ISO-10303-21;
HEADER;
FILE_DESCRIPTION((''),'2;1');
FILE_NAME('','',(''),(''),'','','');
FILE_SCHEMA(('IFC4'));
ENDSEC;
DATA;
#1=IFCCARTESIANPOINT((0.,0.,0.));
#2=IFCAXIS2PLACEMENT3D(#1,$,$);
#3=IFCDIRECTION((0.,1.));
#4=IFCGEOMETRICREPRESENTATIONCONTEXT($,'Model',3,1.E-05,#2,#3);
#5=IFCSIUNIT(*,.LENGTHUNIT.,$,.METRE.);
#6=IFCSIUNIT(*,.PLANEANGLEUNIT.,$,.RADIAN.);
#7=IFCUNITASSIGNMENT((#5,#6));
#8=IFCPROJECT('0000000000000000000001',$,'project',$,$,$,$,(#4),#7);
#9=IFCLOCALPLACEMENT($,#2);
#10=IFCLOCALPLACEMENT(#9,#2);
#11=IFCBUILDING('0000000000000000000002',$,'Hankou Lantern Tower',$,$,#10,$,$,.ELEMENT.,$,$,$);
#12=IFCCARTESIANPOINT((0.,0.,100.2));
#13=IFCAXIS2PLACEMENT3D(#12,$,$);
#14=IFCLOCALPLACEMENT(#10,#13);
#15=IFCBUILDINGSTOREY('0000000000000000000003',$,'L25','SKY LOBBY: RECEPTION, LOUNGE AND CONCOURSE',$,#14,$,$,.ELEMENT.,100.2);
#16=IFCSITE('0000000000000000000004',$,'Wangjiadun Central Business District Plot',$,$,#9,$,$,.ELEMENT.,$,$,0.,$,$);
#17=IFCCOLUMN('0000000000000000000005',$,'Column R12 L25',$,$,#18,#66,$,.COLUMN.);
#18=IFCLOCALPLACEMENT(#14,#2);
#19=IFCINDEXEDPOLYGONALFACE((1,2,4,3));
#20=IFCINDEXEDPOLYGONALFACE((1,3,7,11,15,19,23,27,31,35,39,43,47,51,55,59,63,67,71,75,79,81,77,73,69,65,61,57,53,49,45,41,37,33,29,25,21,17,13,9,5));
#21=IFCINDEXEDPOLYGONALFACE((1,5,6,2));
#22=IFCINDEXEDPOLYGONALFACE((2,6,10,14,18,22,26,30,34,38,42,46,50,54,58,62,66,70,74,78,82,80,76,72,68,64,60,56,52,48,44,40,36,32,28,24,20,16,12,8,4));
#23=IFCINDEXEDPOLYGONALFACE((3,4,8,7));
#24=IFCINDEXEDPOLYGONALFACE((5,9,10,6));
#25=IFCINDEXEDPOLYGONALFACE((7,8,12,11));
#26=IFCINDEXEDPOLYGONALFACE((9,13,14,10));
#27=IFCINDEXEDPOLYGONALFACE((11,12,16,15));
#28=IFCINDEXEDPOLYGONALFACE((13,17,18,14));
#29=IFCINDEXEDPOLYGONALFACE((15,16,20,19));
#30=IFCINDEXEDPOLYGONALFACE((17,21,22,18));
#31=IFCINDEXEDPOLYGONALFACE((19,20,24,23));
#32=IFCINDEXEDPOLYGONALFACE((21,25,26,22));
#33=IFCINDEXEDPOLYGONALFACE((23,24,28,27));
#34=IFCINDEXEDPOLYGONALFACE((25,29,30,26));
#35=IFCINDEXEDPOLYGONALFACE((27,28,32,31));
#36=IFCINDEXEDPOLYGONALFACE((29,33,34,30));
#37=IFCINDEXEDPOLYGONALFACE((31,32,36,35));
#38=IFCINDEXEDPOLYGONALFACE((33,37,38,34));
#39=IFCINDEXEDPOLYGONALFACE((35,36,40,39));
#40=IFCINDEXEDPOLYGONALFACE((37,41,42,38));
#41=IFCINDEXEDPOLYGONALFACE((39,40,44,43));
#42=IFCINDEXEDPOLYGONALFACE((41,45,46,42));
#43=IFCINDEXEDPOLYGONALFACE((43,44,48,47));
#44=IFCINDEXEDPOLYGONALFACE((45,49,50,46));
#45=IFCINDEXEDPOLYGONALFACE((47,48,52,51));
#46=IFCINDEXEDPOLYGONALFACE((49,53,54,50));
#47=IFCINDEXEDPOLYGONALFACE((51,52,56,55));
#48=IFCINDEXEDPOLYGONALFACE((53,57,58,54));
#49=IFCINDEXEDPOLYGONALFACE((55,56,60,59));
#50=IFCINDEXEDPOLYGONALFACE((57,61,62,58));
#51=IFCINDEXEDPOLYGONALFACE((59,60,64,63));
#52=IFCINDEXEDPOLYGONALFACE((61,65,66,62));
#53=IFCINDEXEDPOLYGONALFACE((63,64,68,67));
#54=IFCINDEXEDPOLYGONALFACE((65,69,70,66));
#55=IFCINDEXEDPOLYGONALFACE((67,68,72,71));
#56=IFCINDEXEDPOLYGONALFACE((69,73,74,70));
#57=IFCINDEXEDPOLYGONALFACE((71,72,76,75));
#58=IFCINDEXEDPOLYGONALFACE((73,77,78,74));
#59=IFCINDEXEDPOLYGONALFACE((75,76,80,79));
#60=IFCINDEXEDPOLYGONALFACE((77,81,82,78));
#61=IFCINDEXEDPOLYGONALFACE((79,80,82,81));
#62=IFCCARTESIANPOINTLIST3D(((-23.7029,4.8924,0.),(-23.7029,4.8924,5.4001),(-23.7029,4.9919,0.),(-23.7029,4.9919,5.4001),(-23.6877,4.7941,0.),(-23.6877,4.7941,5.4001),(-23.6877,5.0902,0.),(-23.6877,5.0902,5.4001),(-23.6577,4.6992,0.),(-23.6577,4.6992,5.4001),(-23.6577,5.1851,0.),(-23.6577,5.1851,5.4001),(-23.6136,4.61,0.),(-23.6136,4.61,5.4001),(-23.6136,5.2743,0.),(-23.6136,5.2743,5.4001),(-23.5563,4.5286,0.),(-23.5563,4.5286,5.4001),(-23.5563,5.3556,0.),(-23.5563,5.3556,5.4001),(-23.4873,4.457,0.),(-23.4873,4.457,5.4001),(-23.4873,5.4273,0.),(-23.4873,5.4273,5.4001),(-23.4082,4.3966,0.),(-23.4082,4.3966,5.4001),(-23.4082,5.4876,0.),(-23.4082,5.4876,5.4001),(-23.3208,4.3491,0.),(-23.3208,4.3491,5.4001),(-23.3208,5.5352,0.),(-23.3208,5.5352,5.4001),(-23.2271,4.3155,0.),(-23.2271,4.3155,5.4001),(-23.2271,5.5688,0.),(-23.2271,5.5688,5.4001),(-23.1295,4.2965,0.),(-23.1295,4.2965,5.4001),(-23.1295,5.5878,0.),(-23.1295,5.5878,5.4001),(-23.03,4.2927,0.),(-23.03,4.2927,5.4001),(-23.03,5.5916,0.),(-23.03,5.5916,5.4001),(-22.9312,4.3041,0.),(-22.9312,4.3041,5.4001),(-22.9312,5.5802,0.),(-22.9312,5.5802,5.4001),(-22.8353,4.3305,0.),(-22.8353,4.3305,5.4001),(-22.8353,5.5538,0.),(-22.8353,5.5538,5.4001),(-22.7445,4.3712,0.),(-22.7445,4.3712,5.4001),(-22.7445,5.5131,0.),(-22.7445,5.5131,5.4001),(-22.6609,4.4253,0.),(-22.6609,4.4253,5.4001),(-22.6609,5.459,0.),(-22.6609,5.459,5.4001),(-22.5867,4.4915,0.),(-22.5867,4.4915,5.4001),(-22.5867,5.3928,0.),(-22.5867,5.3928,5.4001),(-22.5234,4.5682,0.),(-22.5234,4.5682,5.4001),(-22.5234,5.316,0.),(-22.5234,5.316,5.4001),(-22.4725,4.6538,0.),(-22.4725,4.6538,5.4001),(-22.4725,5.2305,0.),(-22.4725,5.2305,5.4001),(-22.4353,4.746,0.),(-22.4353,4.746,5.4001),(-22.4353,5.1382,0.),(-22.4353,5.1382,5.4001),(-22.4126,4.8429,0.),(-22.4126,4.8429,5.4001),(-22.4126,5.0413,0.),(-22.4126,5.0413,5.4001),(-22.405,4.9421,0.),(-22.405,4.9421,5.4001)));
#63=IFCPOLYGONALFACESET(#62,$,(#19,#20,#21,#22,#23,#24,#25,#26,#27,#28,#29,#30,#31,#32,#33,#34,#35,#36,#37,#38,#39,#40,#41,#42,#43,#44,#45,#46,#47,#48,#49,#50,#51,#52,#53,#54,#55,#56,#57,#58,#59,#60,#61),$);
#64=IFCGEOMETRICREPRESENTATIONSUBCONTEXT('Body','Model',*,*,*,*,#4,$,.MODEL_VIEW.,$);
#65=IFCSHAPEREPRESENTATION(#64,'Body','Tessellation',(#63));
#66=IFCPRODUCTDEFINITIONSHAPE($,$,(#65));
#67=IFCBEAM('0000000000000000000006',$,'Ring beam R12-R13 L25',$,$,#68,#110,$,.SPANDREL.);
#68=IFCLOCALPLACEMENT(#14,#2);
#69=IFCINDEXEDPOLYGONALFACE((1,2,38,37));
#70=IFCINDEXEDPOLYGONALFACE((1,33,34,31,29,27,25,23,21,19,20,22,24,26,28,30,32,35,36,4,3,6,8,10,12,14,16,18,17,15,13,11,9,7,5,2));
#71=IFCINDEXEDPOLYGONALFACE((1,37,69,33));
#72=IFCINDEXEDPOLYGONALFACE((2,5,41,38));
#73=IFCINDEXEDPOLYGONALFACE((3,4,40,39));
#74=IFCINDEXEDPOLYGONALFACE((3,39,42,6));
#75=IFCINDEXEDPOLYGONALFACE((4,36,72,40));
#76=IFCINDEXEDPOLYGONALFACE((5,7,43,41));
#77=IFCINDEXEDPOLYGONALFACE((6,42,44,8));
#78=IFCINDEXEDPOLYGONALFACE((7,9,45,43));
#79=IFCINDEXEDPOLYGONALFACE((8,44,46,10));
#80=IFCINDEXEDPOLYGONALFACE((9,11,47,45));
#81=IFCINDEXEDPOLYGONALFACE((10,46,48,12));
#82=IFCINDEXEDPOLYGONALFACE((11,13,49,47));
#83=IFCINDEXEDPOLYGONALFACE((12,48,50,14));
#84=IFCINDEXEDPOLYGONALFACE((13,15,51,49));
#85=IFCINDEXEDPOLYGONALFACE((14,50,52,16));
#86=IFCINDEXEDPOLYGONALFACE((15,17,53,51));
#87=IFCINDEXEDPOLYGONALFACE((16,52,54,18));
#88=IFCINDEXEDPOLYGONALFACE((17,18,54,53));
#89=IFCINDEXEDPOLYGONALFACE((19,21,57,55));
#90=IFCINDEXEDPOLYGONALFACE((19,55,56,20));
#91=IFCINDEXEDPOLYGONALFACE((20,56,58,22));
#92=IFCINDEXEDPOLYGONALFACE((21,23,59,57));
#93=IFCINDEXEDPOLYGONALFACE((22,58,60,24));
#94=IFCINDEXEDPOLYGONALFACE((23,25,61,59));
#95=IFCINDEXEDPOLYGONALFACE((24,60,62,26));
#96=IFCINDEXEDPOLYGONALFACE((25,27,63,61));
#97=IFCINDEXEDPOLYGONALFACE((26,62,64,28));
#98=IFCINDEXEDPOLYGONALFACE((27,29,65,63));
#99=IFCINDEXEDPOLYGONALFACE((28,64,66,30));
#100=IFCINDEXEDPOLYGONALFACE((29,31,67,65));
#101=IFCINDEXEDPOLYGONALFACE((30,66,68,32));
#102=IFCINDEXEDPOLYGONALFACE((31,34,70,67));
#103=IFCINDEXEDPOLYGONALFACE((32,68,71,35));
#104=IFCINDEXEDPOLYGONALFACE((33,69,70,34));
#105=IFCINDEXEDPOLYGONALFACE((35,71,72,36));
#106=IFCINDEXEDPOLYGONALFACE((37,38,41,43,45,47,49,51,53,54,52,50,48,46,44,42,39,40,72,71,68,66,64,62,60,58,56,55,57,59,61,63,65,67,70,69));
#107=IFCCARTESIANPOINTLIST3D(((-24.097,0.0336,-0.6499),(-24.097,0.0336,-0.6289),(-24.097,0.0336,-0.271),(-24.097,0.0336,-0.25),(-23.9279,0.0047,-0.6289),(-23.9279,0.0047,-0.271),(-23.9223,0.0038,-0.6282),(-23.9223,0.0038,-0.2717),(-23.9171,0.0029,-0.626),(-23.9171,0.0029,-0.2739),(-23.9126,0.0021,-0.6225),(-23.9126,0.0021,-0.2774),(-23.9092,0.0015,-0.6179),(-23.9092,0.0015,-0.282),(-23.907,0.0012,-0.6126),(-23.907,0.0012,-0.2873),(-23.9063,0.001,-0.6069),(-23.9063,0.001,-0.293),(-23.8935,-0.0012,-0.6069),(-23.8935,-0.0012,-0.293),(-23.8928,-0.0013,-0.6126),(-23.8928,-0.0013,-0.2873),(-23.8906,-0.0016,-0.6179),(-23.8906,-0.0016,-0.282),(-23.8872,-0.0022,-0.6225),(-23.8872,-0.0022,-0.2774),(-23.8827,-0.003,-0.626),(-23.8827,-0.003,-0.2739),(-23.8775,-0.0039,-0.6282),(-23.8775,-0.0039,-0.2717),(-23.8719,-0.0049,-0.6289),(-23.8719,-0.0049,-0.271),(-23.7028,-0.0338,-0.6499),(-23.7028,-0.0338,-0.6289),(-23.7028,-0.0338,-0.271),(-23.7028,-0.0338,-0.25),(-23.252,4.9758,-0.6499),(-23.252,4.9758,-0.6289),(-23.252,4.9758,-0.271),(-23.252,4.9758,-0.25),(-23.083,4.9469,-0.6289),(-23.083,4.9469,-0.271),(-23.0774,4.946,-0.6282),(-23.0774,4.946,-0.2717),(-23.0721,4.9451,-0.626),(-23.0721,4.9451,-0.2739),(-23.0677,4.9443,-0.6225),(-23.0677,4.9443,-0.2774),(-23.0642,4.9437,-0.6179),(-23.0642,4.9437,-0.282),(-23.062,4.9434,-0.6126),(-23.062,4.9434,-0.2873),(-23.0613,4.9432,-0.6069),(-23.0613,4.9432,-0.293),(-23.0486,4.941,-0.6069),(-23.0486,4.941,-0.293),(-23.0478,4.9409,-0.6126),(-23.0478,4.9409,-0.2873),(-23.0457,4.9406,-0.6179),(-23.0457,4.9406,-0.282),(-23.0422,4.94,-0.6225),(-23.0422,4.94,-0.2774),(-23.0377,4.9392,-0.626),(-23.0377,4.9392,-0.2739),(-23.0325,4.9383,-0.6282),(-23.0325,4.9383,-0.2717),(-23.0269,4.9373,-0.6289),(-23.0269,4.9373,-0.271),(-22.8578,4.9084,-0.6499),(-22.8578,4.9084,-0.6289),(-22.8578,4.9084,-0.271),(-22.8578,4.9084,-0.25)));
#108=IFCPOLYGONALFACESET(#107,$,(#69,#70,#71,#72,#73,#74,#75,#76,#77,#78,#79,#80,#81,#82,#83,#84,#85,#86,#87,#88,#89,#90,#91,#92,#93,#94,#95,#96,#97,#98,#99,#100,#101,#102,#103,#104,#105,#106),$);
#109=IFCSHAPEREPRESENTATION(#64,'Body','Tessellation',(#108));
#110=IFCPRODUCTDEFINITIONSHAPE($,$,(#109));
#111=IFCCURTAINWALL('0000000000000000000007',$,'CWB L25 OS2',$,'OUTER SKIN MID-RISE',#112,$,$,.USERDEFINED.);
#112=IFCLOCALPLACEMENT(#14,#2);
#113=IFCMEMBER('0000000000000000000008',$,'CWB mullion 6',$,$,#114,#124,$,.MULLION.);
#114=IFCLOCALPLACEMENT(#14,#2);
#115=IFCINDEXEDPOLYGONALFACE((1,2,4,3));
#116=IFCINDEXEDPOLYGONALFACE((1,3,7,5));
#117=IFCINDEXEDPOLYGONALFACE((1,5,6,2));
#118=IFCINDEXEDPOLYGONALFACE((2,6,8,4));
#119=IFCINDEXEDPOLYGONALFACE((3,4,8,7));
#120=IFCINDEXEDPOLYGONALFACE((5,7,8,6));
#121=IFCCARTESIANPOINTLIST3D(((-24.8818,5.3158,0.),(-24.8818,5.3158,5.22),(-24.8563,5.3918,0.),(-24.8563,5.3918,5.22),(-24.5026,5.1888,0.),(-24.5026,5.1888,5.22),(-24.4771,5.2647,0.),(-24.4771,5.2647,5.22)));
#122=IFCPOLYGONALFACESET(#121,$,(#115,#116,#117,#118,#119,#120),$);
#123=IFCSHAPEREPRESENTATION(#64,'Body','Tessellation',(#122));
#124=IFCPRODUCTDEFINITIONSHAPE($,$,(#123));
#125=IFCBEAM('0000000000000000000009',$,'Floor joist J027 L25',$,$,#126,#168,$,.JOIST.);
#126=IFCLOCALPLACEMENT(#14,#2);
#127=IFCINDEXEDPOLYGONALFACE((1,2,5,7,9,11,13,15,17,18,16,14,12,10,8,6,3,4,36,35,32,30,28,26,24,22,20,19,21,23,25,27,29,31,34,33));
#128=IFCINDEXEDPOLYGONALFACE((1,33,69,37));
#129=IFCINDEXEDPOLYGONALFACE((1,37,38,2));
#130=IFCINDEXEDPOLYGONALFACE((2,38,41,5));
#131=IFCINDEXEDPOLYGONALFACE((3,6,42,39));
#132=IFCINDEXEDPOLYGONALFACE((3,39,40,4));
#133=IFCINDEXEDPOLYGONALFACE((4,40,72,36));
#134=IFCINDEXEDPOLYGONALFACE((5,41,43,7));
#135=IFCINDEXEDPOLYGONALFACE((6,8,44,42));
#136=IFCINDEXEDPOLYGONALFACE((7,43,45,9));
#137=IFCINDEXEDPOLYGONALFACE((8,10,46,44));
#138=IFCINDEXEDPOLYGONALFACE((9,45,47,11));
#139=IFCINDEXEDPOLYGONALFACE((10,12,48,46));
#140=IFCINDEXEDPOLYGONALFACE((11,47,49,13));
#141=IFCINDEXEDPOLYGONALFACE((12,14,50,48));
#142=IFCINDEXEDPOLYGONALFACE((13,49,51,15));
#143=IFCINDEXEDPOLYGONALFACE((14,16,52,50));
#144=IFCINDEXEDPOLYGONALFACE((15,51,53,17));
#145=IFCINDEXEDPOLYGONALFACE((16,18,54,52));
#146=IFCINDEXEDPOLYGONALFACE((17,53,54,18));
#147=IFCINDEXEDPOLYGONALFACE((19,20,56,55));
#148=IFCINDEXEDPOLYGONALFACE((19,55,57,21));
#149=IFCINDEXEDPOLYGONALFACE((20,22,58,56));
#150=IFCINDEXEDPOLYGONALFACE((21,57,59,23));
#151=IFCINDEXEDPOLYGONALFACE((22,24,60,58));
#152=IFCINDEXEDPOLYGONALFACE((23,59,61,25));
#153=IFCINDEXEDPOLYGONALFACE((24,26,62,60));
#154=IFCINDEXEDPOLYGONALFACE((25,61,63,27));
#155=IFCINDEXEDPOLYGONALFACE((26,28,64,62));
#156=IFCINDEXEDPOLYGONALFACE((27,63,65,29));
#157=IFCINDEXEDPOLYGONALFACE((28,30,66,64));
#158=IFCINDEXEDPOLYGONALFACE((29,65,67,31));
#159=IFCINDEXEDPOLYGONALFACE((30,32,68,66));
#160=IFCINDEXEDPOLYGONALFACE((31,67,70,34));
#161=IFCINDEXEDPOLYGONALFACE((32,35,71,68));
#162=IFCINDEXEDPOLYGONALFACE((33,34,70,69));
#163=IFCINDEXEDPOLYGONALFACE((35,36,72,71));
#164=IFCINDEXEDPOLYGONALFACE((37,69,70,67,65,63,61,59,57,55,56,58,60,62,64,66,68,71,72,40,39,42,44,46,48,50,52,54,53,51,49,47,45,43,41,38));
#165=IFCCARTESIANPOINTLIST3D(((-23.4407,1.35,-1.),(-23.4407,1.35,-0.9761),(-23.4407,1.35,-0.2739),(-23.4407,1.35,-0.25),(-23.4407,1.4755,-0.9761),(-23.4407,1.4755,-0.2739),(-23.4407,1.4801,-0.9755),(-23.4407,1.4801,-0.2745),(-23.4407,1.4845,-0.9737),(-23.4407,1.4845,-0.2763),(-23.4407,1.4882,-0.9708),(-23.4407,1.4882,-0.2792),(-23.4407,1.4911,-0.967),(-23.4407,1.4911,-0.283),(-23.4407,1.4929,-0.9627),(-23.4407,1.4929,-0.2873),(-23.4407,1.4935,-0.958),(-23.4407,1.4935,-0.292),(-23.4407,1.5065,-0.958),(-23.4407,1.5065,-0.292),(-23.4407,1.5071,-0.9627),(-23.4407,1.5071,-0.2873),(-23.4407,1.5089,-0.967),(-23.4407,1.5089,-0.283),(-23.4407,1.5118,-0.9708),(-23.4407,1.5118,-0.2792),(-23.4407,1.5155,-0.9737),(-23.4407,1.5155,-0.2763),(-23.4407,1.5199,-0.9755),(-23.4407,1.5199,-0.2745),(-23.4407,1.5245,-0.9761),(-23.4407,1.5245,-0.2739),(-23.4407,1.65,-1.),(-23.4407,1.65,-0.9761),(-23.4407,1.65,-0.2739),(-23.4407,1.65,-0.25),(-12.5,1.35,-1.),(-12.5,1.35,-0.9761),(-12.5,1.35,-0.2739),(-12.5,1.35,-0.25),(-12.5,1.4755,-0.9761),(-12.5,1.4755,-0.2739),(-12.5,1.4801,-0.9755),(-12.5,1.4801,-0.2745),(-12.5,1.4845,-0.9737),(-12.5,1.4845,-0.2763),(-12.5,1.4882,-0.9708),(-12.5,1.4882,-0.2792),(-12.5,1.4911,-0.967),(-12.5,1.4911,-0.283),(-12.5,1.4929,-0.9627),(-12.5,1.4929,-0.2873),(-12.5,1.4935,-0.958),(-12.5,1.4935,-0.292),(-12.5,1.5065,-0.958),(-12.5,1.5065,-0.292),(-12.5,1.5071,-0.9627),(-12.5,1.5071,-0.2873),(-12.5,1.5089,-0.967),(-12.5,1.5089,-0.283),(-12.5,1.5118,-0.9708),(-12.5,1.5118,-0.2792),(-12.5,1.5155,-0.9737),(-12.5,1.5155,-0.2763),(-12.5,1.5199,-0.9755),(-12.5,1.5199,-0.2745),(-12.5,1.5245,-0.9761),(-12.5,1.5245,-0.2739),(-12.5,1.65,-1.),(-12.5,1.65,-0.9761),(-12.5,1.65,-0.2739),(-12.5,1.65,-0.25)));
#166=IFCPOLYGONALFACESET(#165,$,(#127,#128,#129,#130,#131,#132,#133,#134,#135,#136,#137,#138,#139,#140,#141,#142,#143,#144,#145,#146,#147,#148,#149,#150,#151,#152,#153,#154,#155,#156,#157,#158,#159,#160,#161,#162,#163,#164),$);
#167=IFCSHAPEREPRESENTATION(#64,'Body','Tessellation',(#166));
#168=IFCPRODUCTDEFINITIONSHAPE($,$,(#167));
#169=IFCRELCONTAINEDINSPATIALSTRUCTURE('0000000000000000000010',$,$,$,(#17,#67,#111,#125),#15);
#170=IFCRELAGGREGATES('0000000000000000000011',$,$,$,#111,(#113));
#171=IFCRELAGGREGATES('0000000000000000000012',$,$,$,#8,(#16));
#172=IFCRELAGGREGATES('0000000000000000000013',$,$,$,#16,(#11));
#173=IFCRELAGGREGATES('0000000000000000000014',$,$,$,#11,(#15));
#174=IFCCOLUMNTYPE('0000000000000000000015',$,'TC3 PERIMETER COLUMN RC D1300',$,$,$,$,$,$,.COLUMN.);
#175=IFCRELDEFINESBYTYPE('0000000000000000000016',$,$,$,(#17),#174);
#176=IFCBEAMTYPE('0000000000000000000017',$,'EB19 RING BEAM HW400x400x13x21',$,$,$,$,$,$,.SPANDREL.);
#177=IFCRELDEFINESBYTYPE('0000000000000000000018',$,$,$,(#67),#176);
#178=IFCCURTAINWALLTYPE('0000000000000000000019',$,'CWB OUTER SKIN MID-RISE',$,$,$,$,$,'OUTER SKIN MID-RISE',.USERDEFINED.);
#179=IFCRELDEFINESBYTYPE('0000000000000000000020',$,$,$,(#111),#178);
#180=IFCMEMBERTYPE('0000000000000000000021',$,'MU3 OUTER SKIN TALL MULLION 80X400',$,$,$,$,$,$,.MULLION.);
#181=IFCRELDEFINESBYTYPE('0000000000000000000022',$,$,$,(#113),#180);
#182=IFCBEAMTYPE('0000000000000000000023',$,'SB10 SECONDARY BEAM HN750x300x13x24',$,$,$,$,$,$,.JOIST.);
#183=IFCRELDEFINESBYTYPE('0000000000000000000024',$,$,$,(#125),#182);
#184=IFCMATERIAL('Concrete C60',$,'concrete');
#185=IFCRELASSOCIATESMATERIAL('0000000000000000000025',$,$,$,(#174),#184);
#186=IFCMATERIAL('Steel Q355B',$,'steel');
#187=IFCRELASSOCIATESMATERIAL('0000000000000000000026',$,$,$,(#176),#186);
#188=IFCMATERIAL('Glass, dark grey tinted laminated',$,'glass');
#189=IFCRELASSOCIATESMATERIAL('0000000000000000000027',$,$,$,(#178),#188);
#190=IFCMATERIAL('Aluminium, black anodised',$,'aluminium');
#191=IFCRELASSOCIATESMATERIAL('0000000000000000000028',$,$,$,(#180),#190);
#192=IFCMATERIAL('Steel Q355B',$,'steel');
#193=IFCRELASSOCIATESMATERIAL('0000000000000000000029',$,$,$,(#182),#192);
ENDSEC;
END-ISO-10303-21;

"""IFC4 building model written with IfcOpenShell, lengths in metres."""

from ifc_helpers import new_model, si_unit, direction, frame, origin, origin_2d, place, context, subcontext, project, spatial, rectangle, circle, i_section, extrude, material, material_profile, profile_set, type_object, element, aggregate, save


model = new_model("IFC4")

# Units and contexts
model_context = context("Model", 3, precision=1e-05, world=origin(), true_north=direction((0.0, 1.0)))
body_context = subcontext(model_context, "Body", "Model", "MODEL_VIEW")
ifc_project = project(units=[si_unit("LENGTHUNIT", "METRE"), si_unit("PLANEANGLEUNIT", "RADIAN")], contexts=[model_context])

# Site, building, storey
site_placement = place(None, origin())
site = spatial("IfcSite", under=ifc_project, at=site_placement, Name="Wangjiadun Central Business District Plot", CompositionType="ELEMENT", RefElevation=0.0)
building_placement = place(site_placement, origin())
building = spatial("IfcBuilding", under=site, at=building_placement, Name="Hankou Lantern Tower", CompositionType="ELEMENT")
storey_placement = place(building_placement, frame((0.0, 0.0, 100.2)))
storey = spatial("IfcBuildingStorey", under=building, at=storey_placement, Name="L25", Description="SKY LOBBY: RECEPTION, LOUNGE AND CONCOURSE", CompositionType="ELEMENT", Elevation=100.2)

# Column
ifc_material_1 = material(Name="Concrete C60", Category="concrete")
ifc_material_profile_1 = material_profile(ifc_material_1, circle(Radius=0.6499, at=origin_2d()), Name="RC D1300")
ifc_profile_set_1 = profile_set([ifc_material_profile_1], Name="Concrete C60")
column_type = type_object("IfcColumnType", Name="TC3 PERIMETER COLUMN RC D1300", PredefinedType="COLUMN", material=ifc_profile_set_1)
column_placement = place(storey_placement, frame((-23.0549, 4.9421, 0.0), z_axis=(0.0, 0.0, 1.0), x_axis=(1.0, 0.0, 0.0)))
element("IfcColumn", 1, at=column_placement, inside=storey, type_object=column_type, Name="Column R12 L25", PredefinedType="COLUMN", context=body_context, shape_type="SweptSolid", body=[
    extrude(circle(Radius=0.6499, at=origin_2d()), origin(), (0.0, 0.0, 1.0), 5.4001),
])

# Beam
ifc_material_2 = material(Name="Steel Q355B", Category="steel")
ifc_material_profile_2 = material_profile(ifc_material_2, i_section(OverallWidth=0.3999, OverallDepth=0.3999, WebThickness=0.0129, FlangeThickness=0.021, FilletRadius=0.022, at=origin_2d()), Name="HW400x400x13x21")
ifc_profile_set_2 = profile_set([ifc_material_profile_2], Name="Steel Q355B")
beam_type_1 = type_object("IfcBeamType", Name="EB19 RING BEAM HW400x400x13x21", PredefinedType="SPANDREL", material=ifc_profile_set_2)
beam_1_placement = place(storey_placement, frame((-23.0549, 4.9421, -0.45), z_axis=(-0.168527, -0.985697, 0.0), x_axis=(0.985697, -0.168527, 0.0)))
element("IfcBeam", 2, at=beam_1_placement, inside=storey, type_object=beam_type_1, Name="Ring beam R12-R13 L25", PredefinedType="SPANDREL", context=body_context, shape_type="SweptSolid", body=[
    extrude(i_section(OverallWidth=0.3999, OverallDepth=0.3999, WebThickness=0.0129, FlangeThickness=0.021, FilletRadius=0.022, at=origin_2d()), origin(), (0.0, 0.0, 1.0), 5.0139),
])

# Curtain wall, member
ifc_material_3 = material(Name="Glass, dark grey tinted laminated", Category="glass")
curtain_wall_type = type_object("IfcCurtainWallType", Name="CWB OUTER SKIN MID-RISE", ElementType="OUTER SKIN MID-RISE", PredefinedType="USERDEFINED", material=ifc_material_3)
curtain_wall_placement = place(storey_placement, origin())
curtain_wall = element("IfcCurtainWall", 3, at=curtain_wall_placement, inside=storey, type_object=curtain_wall_type, Name="CWB L25 OS2", ObjectType="OUTER SKIN MID-RISE", PredefinedType="USERDEFINED")
ifc_material_4 = material(Name="Aluminium, black anodised", Category="aluminium")
ifc_material_profile_3 = material_profile(ifc_material_4, rectangle(XDim=0.0801, YDim=0.3999, at=origin_2d()), Name="MU3 80X400")
ifc_profile_set_3 = profile_set([ifc_material_profile_3], Name="Aluminium, black anodised")
member_type_1 = type_object("IfcMemberType", Name="MU3 OUTER SKIN TALL MULLION 80X400", PredefinedType="MULLION", material=ifc_profile_set_3)
member_1_placement = place(storey_placement, frame((-24.6794, 5.2903, 0.0), z_axis=(0.0, 0.0, 1.0), x_axis=(-0.317596, -0.948226, 0.0)))
member_1 = element("IfcMember", 4, at=member_1_placement, type_object=member_type_1, Name="CWB mullion 6", PredefinedType="MULLION", context=body_context, shape_type="SweptSolid", body=[
    extrude(rectangle(XDim=0.0801, YDim=0.3999, at=origin_2d()), origin(), (0.0, 0.0, 1.0), 5.22),
])

# Beam
ifc_material_5 = material(Name="Steel Q355B", Category="steel")
ifc_material_profile_4 = material_profile(ifc_material_5, i_section(OverallWidth=0.3, OverallDepth=0.75, WebThickness=0.0129, FlangeThickness=0.0239, FilletRadius=0.0181, at=origin_2d()), Name="HN750x300x13x24")
ifc_profile_set_4 = profile_set([ifc_material_profile_4], Name="Steel Q355B")
beam_type_2 = type_object("IfcBeamType", Name="SB10 SECONDARY BEAM HN750x300x13x24", PredefinedType="JOIST", material=ifc_profile_set_4)
beam_2_placement = place(storey_placement, frame((-23.4407, 1.5, -0.625), z_axis=(1.0, 0.0, 0.0), x_axis=(0.0, 1.0, 0.0)))
element("IfcBeam", 5, at=beam_2_placement, inside=storey, type_object=beam_type_2, Name="Floor joist J027 L25", PredefinedType="JOIST", context=body_context, shape_type="SweptSolid", body=[
    extrude(i_section(OverallWidth=0.3, OverallDepth=0.75, WebThickness=0.0129, FlangeThickness=0.0239, FilletRadius=0.0181, at=origin_2d()), origin(), (0.0, 0.0, 1.0), 10.9407),
])

aggregate(curtain_wall, [member_1])

save(model, "model.ifc")
